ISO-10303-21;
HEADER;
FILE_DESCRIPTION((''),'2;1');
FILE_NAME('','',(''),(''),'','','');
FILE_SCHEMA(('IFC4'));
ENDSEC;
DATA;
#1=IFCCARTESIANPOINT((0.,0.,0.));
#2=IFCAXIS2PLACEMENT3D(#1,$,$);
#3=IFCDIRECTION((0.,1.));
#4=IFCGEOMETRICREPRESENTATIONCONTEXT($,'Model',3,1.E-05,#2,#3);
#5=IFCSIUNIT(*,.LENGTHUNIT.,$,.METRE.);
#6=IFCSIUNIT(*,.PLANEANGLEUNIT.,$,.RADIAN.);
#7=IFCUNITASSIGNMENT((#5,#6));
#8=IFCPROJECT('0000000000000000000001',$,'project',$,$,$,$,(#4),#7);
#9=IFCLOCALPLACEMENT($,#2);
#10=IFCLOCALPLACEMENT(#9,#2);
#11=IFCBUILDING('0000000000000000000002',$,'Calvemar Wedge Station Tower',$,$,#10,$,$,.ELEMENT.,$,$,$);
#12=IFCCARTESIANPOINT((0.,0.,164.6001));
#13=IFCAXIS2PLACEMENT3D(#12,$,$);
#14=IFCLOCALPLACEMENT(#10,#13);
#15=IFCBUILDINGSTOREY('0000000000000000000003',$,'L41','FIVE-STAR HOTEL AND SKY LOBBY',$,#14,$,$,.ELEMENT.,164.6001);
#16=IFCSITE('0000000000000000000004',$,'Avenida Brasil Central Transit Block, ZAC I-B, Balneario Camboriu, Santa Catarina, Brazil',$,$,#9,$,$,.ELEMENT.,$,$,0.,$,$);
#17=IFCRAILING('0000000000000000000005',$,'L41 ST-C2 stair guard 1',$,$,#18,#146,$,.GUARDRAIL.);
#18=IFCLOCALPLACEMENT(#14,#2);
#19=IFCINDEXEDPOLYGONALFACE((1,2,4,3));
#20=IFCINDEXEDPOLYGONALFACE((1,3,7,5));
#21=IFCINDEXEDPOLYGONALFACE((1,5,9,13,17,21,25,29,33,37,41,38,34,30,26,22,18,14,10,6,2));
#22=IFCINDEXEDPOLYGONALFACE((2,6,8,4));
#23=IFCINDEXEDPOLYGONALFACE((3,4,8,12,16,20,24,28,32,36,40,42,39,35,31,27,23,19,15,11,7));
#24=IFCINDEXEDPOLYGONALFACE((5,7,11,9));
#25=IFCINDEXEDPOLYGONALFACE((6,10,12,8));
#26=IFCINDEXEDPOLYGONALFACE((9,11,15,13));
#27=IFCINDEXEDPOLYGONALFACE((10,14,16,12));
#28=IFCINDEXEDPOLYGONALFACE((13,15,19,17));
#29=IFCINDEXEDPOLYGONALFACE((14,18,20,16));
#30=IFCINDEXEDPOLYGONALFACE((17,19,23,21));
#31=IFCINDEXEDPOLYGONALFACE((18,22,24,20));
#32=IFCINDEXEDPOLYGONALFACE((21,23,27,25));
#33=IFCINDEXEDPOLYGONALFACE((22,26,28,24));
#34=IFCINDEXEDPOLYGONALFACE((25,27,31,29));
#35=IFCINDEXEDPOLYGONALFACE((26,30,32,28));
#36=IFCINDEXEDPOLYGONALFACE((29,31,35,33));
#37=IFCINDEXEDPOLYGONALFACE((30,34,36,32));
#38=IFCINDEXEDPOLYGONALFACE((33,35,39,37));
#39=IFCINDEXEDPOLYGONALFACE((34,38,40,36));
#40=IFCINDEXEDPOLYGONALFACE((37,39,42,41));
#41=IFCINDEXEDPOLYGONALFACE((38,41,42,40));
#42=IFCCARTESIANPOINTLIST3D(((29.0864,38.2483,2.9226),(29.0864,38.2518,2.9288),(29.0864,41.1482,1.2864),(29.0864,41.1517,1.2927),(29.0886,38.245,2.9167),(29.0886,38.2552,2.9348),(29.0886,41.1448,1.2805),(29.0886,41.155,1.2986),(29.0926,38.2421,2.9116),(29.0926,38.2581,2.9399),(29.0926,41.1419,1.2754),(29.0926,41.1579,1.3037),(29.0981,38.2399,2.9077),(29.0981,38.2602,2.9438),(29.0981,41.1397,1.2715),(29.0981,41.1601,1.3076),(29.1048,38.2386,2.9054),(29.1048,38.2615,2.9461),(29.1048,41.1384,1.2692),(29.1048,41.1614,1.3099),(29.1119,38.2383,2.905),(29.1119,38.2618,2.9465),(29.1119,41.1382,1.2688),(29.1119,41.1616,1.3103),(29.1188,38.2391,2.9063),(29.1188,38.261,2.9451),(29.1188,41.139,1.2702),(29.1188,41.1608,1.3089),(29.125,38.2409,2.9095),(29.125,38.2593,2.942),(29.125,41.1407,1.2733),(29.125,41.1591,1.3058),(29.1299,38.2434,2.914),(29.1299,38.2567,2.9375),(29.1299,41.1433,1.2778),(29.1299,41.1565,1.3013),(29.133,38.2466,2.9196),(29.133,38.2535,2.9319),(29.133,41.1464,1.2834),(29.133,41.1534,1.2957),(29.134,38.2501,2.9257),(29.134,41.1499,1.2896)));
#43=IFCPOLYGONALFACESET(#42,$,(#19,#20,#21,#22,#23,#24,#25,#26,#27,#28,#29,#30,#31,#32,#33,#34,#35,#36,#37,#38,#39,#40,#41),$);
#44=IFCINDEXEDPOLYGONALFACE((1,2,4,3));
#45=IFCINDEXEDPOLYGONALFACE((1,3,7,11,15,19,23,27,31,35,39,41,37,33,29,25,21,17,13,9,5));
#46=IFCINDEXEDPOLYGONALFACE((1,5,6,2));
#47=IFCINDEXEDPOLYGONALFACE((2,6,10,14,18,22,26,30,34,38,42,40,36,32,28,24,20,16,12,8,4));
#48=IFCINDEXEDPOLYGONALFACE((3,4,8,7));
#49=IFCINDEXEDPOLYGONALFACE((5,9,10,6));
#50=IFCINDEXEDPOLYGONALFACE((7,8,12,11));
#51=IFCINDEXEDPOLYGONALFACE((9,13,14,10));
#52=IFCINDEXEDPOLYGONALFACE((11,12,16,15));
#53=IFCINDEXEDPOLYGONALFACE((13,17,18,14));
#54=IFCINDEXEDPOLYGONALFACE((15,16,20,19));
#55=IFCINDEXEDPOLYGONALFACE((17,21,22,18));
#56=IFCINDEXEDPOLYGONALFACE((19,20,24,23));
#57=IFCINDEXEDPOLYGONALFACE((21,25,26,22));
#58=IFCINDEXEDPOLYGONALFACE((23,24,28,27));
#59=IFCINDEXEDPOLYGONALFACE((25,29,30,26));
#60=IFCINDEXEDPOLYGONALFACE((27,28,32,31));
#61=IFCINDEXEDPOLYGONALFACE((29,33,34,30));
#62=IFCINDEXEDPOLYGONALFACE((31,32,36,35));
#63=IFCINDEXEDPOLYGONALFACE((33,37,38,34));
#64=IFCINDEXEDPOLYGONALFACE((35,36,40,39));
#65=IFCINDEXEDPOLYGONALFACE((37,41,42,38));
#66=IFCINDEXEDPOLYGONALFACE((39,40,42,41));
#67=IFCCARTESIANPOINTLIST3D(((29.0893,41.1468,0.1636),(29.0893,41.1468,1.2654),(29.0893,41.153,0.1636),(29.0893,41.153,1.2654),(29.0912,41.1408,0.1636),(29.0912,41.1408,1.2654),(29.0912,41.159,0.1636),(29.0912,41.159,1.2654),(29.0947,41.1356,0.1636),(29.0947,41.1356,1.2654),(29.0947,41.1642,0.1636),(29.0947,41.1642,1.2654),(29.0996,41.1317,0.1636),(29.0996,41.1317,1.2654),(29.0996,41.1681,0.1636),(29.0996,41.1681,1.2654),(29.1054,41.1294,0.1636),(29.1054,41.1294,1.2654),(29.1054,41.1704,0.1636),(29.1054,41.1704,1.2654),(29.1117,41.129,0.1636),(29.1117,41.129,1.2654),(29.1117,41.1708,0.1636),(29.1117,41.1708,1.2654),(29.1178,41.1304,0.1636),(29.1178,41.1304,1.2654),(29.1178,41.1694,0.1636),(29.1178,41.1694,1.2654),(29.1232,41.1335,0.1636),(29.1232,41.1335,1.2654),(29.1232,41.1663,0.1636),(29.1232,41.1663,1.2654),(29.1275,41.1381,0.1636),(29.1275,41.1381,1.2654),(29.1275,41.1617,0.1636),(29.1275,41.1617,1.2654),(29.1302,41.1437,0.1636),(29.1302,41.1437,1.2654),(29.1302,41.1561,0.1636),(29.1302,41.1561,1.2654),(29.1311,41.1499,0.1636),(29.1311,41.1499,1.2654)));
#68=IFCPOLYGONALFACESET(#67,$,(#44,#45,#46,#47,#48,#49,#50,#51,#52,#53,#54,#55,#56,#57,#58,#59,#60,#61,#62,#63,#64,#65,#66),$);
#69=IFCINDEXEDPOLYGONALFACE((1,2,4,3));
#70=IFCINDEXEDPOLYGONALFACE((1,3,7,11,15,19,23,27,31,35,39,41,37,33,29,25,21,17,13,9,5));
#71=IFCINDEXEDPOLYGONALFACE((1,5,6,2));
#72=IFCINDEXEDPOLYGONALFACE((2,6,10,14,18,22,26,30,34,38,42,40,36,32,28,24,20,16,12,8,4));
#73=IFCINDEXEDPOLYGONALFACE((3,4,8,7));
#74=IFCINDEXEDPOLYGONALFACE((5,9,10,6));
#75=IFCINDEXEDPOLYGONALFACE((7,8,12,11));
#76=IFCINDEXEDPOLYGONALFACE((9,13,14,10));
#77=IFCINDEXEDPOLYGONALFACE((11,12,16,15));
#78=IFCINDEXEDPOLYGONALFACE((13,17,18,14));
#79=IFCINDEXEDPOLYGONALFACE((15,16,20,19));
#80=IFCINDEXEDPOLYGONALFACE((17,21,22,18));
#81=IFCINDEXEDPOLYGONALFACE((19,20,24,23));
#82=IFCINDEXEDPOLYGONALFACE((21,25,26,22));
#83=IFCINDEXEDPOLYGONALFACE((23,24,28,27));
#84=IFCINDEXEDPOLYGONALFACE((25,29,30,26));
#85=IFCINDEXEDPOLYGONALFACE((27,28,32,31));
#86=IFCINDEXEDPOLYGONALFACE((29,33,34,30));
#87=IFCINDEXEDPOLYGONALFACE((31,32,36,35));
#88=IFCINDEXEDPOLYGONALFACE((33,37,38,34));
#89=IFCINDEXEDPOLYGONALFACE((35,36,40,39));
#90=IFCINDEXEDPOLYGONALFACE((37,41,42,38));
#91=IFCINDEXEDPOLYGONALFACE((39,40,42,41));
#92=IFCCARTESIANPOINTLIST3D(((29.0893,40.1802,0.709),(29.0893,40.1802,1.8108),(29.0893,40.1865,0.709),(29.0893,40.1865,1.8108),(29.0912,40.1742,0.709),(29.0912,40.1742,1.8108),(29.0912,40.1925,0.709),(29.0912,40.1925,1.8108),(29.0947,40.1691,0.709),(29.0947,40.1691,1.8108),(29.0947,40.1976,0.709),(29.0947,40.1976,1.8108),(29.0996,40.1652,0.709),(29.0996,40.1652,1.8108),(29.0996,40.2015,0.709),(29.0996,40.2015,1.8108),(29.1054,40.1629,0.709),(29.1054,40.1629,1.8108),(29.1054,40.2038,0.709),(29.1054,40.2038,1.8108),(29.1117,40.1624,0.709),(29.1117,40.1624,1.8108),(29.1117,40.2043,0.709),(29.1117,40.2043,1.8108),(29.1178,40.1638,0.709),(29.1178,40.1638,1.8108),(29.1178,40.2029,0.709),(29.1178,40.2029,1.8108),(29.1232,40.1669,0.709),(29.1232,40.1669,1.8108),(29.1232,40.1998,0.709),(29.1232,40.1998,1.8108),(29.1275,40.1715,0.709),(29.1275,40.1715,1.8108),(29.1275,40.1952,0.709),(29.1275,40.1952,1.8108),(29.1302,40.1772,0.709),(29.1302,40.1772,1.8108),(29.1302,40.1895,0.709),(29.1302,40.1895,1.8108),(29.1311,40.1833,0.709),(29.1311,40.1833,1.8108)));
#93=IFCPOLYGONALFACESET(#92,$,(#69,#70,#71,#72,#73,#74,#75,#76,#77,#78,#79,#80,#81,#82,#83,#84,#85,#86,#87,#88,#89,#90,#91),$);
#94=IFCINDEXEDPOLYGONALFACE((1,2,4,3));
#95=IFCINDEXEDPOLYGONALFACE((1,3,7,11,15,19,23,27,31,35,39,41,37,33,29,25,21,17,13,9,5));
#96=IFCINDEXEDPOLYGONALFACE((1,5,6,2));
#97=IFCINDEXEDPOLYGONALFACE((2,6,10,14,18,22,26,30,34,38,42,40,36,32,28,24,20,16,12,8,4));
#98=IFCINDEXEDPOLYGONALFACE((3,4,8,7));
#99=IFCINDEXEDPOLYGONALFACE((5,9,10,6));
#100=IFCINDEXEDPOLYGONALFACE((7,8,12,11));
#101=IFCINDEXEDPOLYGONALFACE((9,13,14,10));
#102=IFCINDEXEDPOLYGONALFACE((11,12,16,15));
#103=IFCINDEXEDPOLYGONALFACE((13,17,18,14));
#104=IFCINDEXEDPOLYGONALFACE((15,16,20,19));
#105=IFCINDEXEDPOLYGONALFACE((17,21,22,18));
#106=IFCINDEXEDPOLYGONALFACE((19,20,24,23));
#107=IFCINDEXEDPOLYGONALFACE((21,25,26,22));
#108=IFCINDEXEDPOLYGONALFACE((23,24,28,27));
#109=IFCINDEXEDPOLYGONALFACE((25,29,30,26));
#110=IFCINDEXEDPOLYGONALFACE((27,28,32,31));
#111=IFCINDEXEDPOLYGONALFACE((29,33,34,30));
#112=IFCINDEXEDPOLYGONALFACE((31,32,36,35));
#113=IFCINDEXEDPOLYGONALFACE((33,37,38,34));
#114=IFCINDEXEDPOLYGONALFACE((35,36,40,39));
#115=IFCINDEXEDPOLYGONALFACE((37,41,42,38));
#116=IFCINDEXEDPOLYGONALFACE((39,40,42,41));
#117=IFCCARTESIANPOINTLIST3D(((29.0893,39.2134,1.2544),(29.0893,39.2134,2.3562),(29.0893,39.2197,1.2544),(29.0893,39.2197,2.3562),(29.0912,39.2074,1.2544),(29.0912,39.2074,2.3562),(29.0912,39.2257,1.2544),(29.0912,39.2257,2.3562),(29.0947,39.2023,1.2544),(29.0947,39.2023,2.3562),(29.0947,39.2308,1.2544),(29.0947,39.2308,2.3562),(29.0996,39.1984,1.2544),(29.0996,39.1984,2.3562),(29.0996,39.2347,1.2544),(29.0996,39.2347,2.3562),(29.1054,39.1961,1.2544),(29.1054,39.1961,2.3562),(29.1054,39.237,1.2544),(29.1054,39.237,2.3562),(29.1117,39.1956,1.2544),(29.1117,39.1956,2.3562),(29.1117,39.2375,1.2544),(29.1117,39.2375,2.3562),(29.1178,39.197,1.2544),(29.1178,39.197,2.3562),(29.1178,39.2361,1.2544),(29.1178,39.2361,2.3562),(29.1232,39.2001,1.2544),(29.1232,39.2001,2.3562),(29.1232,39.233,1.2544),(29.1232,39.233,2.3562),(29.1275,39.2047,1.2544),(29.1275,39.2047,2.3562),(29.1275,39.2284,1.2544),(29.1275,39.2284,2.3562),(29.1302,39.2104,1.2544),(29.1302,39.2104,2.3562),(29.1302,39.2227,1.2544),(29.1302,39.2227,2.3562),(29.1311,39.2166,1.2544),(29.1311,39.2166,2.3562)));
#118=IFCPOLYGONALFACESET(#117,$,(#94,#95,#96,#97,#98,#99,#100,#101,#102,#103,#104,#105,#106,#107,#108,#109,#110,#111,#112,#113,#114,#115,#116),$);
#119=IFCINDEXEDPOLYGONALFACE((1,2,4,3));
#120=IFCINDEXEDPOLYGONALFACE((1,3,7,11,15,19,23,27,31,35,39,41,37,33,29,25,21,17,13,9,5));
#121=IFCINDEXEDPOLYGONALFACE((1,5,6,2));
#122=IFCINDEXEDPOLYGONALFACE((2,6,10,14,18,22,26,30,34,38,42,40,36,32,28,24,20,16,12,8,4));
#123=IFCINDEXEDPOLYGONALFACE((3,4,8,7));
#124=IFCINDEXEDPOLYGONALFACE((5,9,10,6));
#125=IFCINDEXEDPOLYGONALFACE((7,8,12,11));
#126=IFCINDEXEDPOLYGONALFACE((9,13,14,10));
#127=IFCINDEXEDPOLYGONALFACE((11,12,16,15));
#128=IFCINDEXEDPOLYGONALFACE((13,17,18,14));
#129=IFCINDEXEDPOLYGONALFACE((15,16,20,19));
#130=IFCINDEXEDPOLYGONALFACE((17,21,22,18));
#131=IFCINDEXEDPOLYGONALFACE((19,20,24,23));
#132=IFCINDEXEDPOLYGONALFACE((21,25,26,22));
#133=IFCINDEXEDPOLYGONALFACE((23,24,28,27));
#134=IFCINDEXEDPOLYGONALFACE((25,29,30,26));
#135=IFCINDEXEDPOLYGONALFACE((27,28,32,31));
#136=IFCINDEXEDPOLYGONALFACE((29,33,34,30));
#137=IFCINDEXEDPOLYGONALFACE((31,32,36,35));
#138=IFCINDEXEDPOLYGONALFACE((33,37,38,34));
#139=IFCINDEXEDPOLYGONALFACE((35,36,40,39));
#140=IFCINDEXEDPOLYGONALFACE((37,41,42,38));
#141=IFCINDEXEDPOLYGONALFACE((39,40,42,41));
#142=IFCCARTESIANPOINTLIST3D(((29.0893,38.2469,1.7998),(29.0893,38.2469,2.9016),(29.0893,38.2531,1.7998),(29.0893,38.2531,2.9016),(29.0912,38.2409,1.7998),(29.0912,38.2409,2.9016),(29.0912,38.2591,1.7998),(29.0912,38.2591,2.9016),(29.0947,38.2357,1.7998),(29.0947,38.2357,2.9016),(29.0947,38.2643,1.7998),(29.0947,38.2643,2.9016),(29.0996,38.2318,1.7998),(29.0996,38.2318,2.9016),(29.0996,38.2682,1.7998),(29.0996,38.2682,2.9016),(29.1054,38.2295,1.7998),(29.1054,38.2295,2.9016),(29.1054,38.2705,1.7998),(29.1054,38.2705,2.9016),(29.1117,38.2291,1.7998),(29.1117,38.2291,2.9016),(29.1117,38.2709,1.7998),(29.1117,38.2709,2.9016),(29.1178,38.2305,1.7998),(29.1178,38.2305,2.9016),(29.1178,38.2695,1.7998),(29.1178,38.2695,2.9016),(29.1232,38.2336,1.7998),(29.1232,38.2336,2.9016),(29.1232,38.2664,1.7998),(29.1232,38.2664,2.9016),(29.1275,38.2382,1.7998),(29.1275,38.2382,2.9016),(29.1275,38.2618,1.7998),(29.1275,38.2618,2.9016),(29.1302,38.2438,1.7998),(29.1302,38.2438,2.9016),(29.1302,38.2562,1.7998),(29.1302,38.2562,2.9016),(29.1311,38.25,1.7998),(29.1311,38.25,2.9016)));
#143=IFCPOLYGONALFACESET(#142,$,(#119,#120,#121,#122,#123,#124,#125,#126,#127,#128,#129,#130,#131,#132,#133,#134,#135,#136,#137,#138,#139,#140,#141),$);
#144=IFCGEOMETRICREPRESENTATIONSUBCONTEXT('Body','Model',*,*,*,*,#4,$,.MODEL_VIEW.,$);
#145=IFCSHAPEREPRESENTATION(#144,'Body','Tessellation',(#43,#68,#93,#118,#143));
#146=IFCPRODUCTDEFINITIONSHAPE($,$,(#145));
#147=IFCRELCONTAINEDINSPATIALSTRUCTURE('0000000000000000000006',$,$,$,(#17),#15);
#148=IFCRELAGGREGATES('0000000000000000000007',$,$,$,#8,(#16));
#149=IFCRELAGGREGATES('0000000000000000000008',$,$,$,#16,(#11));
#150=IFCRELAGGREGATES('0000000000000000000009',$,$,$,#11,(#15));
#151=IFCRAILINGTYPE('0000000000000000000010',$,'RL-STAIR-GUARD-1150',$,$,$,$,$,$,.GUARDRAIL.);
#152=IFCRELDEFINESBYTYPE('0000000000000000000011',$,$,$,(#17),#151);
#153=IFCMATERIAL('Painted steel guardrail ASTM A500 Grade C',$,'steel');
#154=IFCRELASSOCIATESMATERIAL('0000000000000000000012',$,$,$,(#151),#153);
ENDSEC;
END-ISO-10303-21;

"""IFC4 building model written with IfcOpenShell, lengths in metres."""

from ifc_helpers import new_model, si_unit, direction, frame, origin, origin_2d, place, context, subcontext, project, spatial, circle, extrude, material, type_object, element, save


model = new_model("IFC4")

# Units and contexts
model_context = context("Model", 3, precision=1e-05, world=origin(), true_north=direction((0.0, 1.0)))
body_context = subcontext(model_context, "Body", "Model", "MODEL_VIEW")
ifc_project = project(units=[si_unit("LENGTHUNIT", "METRE"), si_unit("PLANEANGLEUNIT", "RADIAN")], contexts=[model_context])

# Site, building, storey
site_placement = place(None, origin())
site = spatial("IfcSite", under=ifc_project, at=site_placement, Name="Avenida Brasil Central Transit Block, ZAC I-B, Balneario Camboriu, Santa Catarina, Brazil", CompositionType="ELEMENT", RefElevation=0.0)
building_placement = place(site_placement, origin())
building = spatial("IfcBuilding", under=site, at=building_placement, Name="Calvemar Wedge Station Tower", CompositionType="ELEMENT")
storey_placement = place(building_placement, frame((0.0, 0.0, 164.6001)))
storey = spatial("IfcBuildingStorey", under=building, at=storey_placement, Name="L41", Description="FIVE-STAR HOTEL AND SKY LOBBY", CompositionType="ELEMENT", Elevation=164.6001)

# Railing
ifc_material_1 = material(Name="Painted steel guardrail ASTM A500 Grade C", Category="steel")
railing_type_1 = type_object("IfcRailingType", Name="RL-STAIR-GUARD-1150", PredefinedType="GUARDRAIL", material=ifc_material_1)
railing_1_placement = place(storey_placement, frame((29.1101, 41.1499, 0.1636)))
element("IfcRailing", 1, at=railing_1_placement, inside=storey, type_object=railing_type_1, Name="L41 ST-C2 stair guard 1", PredefinedType="GUARDRAIL", context=body_context, shape_type="SweptSolid", body=[
    extrude(circle(Radius=0.0239, at=origin_2d()), frame((0.0, 0.0, 1.126), z_axis=(0.0, -0.870929, 0.49141), x_axis=(1.0, 0.0, 0.0)), (0.0, 0.0, 1.0), 3.3296),
    extrude(circle(Radius=0.021, at=origin_2d()), origin(), (0.0, 0.0, 1.0), 1.1018),
    extrude(circle(Radius=0.021, at=origin_2d()), frame((0.0, -0.9666, 0.5454)), (0.0, 0.0, 1.0), 1.1018),
    extrude(circle(Radius=0.021, at=origin_2d()), frame((0.0, -1.9333, 1.0908)), (0.0, 0.0, 1.0), 1.1018),
    extrude(circle(Radius=0.021, at=origin_2d()), frame((0.0, -2.8999, 1.6362)), (0.0, 0.0, 1.0), 1.1018),
])

save(model, "model.ifc")
